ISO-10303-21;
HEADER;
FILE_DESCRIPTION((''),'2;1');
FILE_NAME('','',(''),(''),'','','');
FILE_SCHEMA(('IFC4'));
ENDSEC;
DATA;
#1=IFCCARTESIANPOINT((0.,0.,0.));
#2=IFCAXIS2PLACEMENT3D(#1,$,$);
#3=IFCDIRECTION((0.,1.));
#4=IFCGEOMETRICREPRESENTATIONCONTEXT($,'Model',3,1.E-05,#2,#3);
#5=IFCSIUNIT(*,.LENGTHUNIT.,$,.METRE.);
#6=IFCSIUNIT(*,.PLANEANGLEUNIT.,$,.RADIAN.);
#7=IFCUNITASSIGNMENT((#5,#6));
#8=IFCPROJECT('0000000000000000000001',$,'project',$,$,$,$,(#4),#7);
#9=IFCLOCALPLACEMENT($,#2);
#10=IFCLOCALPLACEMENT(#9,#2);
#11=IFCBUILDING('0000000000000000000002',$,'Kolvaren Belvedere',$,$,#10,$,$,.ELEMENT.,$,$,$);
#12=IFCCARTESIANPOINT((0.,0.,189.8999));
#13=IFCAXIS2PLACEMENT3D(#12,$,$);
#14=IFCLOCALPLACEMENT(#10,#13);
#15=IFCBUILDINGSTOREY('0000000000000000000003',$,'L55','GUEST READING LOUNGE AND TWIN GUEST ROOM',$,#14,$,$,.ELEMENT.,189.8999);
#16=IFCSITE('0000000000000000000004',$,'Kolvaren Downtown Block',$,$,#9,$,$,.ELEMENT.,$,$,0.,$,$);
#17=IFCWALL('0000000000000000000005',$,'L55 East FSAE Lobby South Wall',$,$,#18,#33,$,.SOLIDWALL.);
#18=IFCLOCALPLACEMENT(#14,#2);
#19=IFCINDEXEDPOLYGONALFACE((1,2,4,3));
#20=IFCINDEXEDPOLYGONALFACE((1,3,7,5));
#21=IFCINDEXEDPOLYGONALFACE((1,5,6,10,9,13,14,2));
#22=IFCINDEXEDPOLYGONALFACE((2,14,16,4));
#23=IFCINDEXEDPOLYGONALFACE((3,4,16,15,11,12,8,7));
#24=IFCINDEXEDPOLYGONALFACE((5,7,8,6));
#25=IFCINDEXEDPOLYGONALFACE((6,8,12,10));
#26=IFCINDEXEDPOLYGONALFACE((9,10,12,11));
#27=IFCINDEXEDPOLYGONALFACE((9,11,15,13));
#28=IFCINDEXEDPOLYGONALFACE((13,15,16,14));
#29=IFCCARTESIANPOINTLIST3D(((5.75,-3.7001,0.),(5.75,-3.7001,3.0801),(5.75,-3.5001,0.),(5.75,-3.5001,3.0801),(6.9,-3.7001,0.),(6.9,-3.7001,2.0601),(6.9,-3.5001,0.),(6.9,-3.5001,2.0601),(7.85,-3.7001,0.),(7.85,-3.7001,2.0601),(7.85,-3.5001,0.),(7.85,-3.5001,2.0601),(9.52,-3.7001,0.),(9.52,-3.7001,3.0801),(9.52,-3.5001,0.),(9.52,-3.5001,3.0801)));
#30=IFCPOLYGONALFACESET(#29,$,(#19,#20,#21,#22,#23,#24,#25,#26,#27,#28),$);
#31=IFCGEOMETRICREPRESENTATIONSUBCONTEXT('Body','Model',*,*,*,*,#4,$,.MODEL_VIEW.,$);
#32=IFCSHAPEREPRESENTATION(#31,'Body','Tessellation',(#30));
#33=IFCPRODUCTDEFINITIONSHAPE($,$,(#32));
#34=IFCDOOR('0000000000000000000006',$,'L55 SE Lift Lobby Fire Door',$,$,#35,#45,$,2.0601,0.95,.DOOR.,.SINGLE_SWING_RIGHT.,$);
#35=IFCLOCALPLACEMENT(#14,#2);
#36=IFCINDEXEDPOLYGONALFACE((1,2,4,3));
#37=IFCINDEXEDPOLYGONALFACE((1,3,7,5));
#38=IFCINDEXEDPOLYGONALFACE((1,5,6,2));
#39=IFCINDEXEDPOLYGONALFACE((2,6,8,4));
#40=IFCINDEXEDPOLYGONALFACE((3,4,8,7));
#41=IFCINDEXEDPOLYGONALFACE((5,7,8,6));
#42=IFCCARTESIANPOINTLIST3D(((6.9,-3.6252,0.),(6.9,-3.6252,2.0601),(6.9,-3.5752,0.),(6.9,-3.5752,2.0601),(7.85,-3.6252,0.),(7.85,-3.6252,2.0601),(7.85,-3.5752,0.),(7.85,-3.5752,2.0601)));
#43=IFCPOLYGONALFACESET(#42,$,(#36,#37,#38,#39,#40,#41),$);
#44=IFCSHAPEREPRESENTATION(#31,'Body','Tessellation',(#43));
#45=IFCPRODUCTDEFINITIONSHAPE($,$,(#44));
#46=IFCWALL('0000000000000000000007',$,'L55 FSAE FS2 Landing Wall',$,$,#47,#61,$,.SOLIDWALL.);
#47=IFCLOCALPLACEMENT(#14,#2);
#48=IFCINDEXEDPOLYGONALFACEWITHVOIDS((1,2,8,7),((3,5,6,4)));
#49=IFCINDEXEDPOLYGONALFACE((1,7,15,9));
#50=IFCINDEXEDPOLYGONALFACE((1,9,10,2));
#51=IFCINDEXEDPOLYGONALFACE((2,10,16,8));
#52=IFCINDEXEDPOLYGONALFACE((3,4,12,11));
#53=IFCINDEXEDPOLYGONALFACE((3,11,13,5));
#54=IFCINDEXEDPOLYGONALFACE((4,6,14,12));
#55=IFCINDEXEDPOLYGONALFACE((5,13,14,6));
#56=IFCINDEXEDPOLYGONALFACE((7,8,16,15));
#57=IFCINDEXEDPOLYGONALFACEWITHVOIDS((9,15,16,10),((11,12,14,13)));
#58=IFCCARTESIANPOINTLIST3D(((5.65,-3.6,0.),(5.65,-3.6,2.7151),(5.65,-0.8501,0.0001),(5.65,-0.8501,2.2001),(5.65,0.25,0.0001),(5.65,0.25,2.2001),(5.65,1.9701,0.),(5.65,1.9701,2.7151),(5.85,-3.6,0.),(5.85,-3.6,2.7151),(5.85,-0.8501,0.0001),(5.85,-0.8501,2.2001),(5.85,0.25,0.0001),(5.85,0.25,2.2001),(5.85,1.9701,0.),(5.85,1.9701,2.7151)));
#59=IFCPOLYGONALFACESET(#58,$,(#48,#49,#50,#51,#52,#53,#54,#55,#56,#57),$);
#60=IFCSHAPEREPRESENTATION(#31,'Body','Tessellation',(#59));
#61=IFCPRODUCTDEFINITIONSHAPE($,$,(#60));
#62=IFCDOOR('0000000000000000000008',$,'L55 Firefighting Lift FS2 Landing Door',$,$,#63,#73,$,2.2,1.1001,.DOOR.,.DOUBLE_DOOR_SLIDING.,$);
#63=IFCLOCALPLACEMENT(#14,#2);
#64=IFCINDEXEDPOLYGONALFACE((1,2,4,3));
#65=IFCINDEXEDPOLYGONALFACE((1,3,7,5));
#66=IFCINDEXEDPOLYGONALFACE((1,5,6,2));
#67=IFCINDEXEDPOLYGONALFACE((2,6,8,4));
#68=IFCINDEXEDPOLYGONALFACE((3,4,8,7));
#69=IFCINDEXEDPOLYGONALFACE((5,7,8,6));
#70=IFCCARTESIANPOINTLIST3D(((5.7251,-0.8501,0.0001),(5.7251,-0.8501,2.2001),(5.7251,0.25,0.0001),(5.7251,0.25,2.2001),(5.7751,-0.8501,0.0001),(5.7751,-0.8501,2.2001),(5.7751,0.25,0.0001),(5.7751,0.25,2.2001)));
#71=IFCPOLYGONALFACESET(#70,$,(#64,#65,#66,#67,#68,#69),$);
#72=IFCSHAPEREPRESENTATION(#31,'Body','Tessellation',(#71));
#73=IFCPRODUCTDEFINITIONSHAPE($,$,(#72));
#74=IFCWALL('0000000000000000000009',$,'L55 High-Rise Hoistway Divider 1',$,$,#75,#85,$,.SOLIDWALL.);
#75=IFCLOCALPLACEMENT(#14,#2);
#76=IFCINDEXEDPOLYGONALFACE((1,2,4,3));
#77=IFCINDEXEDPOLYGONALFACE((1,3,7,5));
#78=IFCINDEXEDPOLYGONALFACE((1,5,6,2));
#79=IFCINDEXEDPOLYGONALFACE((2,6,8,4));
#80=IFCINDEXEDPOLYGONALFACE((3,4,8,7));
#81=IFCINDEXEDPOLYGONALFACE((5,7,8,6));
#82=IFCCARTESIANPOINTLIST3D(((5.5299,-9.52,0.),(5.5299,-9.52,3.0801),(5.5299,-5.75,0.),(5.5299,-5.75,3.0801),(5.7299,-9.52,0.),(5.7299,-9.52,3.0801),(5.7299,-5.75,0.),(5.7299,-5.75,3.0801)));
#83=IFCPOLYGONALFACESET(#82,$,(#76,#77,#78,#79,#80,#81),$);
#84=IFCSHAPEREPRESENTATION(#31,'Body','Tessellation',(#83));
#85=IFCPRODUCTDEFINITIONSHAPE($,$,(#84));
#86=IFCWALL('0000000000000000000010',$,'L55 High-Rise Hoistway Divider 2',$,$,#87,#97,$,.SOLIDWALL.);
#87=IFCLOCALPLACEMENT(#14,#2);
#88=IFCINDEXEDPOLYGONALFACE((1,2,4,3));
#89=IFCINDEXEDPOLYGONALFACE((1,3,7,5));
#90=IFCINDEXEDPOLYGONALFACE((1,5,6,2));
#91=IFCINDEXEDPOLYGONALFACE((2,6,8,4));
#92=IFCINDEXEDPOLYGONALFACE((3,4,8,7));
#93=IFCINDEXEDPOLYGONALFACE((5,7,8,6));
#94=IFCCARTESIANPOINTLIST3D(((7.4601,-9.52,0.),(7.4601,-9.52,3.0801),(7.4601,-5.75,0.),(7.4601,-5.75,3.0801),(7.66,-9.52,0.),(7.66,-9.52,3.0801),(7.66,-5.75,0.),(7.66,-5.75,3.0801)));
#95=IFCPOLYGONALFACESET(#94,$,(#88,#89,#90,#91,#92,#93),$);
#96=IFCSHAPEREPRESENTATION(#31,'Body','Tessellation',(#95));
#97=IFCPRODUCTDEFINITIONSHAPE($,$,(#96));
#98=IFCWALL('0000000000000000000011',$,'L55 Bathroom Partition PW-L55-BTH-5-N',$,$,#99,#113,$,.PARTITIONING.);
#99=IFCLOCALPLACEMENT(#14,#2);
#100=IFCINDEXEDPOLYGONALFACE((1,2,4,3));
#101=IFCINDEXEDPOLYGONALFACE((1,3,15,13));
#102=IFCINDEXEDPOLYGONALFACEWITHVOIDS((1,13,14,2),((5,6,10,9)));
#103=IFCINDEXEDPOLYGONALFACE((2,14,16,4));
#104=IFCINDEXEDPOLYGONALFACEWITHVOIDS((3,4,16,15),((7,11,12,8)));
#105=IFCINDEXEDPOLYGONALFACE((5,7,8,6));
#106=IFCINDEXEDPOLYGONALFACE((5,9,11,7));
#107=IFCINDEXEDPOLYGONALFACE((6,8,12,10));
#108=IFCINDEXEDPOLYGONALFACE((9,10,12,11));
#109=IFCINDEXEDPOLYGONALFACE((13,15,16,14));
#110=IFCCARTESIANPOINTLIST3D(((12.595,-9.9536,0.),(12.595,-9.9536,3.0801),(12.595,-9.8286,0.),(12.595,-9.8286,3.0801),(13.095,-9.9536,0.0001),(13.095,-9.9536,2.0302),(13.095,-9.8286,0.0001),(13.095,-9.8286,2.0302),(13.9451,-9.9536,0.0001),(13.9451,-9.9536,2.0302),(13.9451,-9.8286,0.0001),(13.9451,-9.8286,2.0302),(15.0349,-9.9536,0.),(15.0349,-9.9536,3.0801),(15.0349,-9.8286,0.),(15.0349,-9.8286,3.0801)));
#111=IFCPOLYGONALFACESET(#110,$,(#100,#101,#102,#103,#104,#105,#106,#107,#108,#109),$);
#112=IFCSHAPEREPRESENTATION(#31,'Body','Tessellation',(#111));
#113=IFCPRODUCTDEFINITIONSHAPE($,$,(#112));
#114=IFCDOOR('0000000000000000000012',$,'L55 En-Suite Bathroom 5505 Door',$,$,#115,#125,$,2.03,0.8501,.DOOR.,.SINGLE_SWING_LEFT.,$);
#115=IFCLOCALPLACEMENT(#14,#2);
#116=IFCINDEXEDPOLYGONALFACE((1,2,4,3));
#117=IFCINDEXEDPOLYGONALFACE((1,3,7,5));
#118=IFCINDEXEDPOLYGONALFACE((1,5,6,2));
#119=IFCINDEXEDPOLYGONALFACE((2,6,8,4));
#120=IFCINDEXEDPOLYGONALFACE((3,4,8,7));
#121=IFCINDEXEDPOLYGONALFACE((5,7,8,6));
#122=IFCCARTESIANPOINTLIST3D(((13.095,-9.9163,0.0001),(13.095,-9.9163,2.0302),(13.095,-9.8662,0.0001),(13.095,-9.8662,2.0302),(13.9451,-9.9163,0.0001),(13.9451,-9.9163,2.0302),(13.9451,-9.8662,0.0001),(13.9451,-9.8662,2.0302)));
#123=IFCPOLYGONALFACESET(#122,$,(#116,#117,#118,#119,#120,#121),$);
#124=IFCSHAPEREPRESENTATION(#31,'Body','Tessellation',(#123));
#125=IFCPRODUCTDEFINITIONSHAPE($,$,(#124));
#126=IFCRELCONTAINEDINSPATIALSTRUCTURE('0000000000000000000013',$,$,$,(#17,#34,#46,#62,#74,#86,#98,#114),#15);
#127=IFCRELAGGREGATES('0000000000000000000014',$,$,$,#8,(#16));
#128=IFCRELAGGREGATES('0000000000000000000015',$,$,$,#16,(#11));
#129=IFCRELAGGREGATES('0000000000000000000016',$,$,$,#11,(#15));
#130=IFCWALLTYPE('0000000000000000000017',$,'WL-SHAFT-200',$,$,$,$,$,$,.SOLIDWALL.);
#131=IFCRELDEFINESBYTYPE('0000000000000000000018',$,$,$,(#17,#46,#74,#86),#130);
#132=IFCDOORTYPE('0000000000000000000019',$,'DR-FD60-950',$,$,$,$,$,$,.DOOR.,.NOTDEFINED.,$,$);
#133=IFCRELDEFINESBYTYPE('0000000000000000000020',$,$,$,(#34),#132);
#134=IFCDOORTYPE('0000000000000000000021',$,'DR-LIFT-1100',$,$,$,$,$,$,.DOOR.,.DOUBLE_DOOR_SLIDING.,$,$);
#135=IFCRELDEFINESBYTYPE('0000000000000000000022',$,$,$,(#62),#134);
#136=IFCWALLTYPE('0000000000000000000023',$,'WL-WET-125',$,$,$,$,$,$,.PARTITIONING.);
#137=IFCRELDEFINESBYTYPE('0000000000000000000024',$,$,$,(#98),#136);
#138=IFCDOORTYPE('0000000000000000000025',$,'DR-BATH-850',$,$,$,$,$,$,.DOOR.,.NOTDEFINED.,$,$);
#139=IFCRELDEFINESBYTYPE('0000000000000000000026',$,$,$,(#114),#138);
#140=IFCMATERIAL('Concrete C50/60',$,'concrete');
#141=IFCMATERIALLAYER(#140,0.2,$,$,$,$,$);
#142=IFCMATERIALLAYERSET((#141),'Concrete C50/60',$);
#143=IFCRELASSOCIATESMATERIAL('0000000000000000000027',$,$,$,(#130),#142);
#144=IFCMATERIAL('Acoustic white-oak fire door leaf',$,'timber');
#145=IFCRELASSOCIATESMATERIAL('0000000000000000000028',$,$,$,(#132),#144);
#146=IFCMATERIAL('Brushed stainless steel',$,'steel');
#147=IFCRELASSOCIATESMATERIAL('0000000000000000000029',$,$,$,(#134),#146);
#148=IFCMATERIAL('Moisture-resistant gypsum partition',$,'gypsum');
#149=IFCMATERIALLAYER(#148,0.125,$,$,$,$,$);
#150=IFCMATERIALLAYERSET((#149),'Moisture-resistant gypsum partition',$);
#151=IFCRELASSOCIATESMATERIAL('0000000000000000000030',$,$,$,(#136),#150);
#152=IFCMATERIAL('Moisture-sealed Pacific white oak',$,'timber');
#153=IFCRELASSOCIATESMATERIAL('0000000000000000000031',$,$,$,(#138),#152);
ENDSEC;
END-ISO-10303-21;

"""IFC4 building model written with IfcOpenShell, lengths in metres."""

from ifc_helpers import new_model, si_unit, direction, frame, frame_2d, origin, place, context, subcontext, project, spatial, rectangle, extrude, material, layer, layer_set, type_object, element, fill, save


model = new_model("IFC4")

# Units and contexts
model_context = context("Model", 3, precision=1e-05, world=origin(), true_north=direction((0.0, 1.0)))
body_context = subcontext(model_context, "Body", "Model", "MODEL_VIEW")
ifc_project = project(units=[si_unit("LENGTHUNIT", "METRE"), si_unit("PLANEANGLEUNIT", "RADIAN")], contexts=[model_context])

# Site, building, storey
site_placement = place(None, origin())
site = spatial("IfcSite", under=ifc_project, at=site_placement, Name="Kolvaren Downtown Block", CompositionType="ELEMENT", RefElevation=0.0)
building_placement = place(site_placement, origin())
building = spatial("IfcBuilding", under=site, at=building_placement, Name="Kolvaren Belvedere", CompositionType="ELEMENT")
storey_placement = place(building_placement, frame((0.0, 0.0, 189.8999)))
storey = spatial("IfcBuildingStorey", under=building, at=storey_placement, Name="L55", Description="GUEST READING LOUNGE AND TWIN GUEST ROOM", CompositionType="ELEMENT", Elevation=189.8999)

# Walls, openings, doors
ifc_material_1 = material(Name="Concrete C50/60", Category="concrete")
ifc_layer_1 = layer(ifc_material_1, 0.2)
ifc_layer_set_1 = layer_set([ifc_layer_1], Name="Concrete C50/60")
wall_type_1 = type_object("IfcWallType", Name="WL-SHAFT-200", PredefinedType="SOLIDWALL", material=ifc_layer_set_1)
wall_1_placement = place(storey_placement, frame((5.75, -3.6001, 0.0), z_axis=(0.0, 0.0, 1.0), x_axis=(1.0, 0.0, 0.0)))
wall_1 = element("IfcWall", 1, at=wall_1_placement, inside=storey, type_object=wall_type_1, Name="L55 East FSAE Lobby South Wall", PredefinedType="SOLIDWALL", context=body_context, shape_type="SweptSolid", body=[
    extrude(rectangle(XDim=3.77, YDim=0.2, at=frame_2d((1.885, 0.0))), origin(), (0.0, 0.0, 1.0), 3.0801),
])
opening_1_placement = place(wall_1_placement, frame((1.1499, 0.0, 0.0)))
opening_1 = element("IfcOpeningElement", 2, at=opening_1_placement, cuts=wall_1, PredefinedType="OPENING", context=body_context, shape_type="SweptSolid", body=[
    extrude(rectangle(XDim=0.95, YDim=2.0601, at=frame_2d((0.4751, 1.03))), frame((0.0, 0.1099, 0.0), z_axis=(0.0, -1.0, 0.0), x_axis=(1.0, 0.0, 0.0)), (0.0, 0.0, 1.0), 0.22),
])
ifc_material_2 = material(Name="Acoustic white-oak fire door leaf", Category="timber")
door_type_1 = type_object("IfcDoorType", Name="DR-FD60-950", OperationType="NOTDEFINED", PredefinedType="DOOR", material=ifc_material_2)
door_1_placement = place(opening_1_placement, origin())
door_1 = element("IfcDoor", 3, at=door_1_placement, inside=storey, type_object=door_type_1, Name="L55 SE Lift Lobby Fire Door", OperationType="SINGLE_SWING_RIGHT", OverallHeight=2.0601, OverallWidth=0.95, PredefinedType="DOOR", context=body_context, shape_type="SweptSolid", body=[
    extrude(rectangle(XDim=0.95, YDim=2.0601, at=frame_2d((0.4751, 1.03))), frame((0.0, 0.0249, 0.0), z_axis=(0.0, -1.0, 0.0), x_axis=(1.0, 0.0, 0.0)), (0.0, 0.0, 1.0), 0.05),
])
fill(opening_1, door_1)
wall_2_placement = place(storey_placement, frame((5.75, -3.6001, 0.0), z_axis=(0.0, 0.0, 1.0), x_axis=(0.0, 1.0, 0.0)))
wall_2 = element("IfcWall", 4, at=wall_2_placement, inside=storey, type_object=wall_type_1, Name="L55 FSAE FS2 Landing Wall", PredefinedType="SOLIDWALL", context=body_context, shape_type="SweptSolid", body=[
    extrude(rectangle(XDim=5.5701, YDim=0.2, at=frame_2d((2.7852, 0.0))), origin(), (0.0, 0.0, 1.0), 2.7151),
])
opening_2_placement = place(wall_2_placement, frame((2.75, 0.0, 0.0)))
opening_2 = element("IfcOpeningElement", 5, at=opening_2_placement, cuts=wall_2, PredefinedType="OPENING", context=body_context, shape_type="SweptSolid", body=[
    extrude(rectangle(XDim=1.1001, YDim=2.2, at=frame_2d((0.55, 1.1001))), frame((0.0, 0.1099, 0.0), z_axis=(0.0, -1.0, 0.0), x_axis=(1.0, 0.0, 0.0)), (0.0, 0.0, 1.0), 0.22),
])
ifc_material_3 = material(Name="Brushed stainless steel", Category="steel")
door_type_2 = type_object("IfcDoorType", Name="DR-LIFT-1100", OperationType="DOUBLE_DOOR_SLIDING", PredefinedType="DOOR", material=ifc_material_3)
door_2_placement = place(opening_2_placement, origin())
door_2 = element("IfcDoor", 6, at=door_2_placement, inside=storey, type_object=door_type_2, Name="L55 Firefighting Lift FS2 Landing Door", OperationType="DOUBLE_DOOR_SLIDING", OverallHeight=2.2, OverallWidth=1.1001, PredefinedType="DOOR", context=body_context, shape_type="SweptSolid", body=[
    extrude(rectangle(XDim=1.1001, YDim=2.2, at=frame_2d((0.55, 1.1001))), frame((0.0, 0.0249, 0.0), z_axis=(0.0, -1.0, 0.0), x_axis=(1.0, 0.0, 0.0)), (0.0, 0.0, 1.0), 0.05),
])
fill(opening_2, door_2)

# Walls
for number, where, z_axis, x_axis, name in (
    (7, (5.6299, -9.52, 0.0), (0.0, 0.0, 1.0), (0.0, 1.0, 0.0), "L55 High-Rise Hoistway Divider 1"),
    (8, (7.5601, -9.52, 0.0), (0.0, 0.0, 1.0), (0.0, 1.0, 0.0), "L55 High-Rise Hoistway Divider 2"),
):
    element("IfcWall", number, at=place(storey_placement, frame(where, z_axis=z_axis, x_axis=x_axis)), inside=storey, type_object=wall_type_1, Name=name, PredefinedType="SOLIDWALL", context=body_context, shape_type="SweptSolid", body=[
        extrude(rectangle(XDim=3.77, YDim=0.2, at=frame_2d((1.885, 0.0))), origin(), (0.0, 0.0, 1.0), 3.0801),
    ])

# Wall, opening, door
ifc_material_4 = material(Name="Moisture-resistant gypsum partition", Category="gypsum")
ifc_layer_2 = layer(ifc_material_4, 0.125)
ifc_layer_set_2 = layer_set([ifc_layer_2], Name="Moisture-resistant gypsum partition")
wall_type_2 = type_object("IfcWallType", Name="WL-WET-125", PredefinedType="PARTITIONING", material=ifc_layer_set_2)
wall_3_placement = place(storey_placement, frame((12.595, -9.8911, 0.0), z_axis=(0.0, 0.0, 1.0), x_axis=(1.0, 0.0, 0.0)))
wall_3 = element("IfcWall", 9, at=wall_3_placement, inside=storey, type_object=wall_type_2, Name="L55 Bathroom Partition PW-L55-BTH-5-N", PredefinedType="PARTITIONING", context=body_context, shape_type="SweptSolid", body=[
    extrude(rectangle(XDim=2.4399, YDim=0.125, at=frame_2d((1.22, 0.0))), origin(), (0.0, 0.0, 1.0), 3.0801),
])
opening_3_placement = place(wall_3_placement, frame((0.5, 0.0, 0.0)))
opening_3 = element("IfcOpeningElement", 10, at=opening_3_placement, cuts=wall_3, PredefinedType="OPENING", context=body_context, shape_type="SweptSolid", body=[
    extrude(rectangle(XDim=0.8501, YDim=2.03, at=frame_2d((0.425, 1.0151))), frame((0.0, 0.0725, 0.0), z_axis=(0.0, -1.0, 0.0), x_axis=(1.0, 0.0, 0.0)), (0.0, 0.0, 1.0), 0.145),
])
ifc_material_5 = material(Name="Moisture-sealed Pacific white oak", Category="timber")
door_type_3 = type_object("IfcDoorType", Name="DR-BATH-850", OperationType="NOTDEFINED", PredefinedType="DOOR", material=ifc_material_5)
door_3_placement = place(opening_3_placement, origin())
door_3 = element("IfcDoor", 11, at=door_3_placement, inside=storey, type_object=door_type_3, Name="L55 En-Suite Bathroom 5505 Door", OperationType="SINGLE_SWING_LEFT", OverallHeight=2.03, OverallWidth=0.8501, PredefinedType="DOOR", context=body_context, shape_type="SweptSolid", body=[
    extrude(rectangle(XDim=0.8501, YDim=2.03, at=frame_2d((0.425, 1.0151))), frame((0.0, 0.0249, 0.0), z_axis=(0.0, -1.0, 0.0), x_axis=(1.0, 0.0, 0.0)), (0.0, 0.0, 1.0), 0.05),
])
fill(opening_3, door_3)

save(model, "model.ifc")
